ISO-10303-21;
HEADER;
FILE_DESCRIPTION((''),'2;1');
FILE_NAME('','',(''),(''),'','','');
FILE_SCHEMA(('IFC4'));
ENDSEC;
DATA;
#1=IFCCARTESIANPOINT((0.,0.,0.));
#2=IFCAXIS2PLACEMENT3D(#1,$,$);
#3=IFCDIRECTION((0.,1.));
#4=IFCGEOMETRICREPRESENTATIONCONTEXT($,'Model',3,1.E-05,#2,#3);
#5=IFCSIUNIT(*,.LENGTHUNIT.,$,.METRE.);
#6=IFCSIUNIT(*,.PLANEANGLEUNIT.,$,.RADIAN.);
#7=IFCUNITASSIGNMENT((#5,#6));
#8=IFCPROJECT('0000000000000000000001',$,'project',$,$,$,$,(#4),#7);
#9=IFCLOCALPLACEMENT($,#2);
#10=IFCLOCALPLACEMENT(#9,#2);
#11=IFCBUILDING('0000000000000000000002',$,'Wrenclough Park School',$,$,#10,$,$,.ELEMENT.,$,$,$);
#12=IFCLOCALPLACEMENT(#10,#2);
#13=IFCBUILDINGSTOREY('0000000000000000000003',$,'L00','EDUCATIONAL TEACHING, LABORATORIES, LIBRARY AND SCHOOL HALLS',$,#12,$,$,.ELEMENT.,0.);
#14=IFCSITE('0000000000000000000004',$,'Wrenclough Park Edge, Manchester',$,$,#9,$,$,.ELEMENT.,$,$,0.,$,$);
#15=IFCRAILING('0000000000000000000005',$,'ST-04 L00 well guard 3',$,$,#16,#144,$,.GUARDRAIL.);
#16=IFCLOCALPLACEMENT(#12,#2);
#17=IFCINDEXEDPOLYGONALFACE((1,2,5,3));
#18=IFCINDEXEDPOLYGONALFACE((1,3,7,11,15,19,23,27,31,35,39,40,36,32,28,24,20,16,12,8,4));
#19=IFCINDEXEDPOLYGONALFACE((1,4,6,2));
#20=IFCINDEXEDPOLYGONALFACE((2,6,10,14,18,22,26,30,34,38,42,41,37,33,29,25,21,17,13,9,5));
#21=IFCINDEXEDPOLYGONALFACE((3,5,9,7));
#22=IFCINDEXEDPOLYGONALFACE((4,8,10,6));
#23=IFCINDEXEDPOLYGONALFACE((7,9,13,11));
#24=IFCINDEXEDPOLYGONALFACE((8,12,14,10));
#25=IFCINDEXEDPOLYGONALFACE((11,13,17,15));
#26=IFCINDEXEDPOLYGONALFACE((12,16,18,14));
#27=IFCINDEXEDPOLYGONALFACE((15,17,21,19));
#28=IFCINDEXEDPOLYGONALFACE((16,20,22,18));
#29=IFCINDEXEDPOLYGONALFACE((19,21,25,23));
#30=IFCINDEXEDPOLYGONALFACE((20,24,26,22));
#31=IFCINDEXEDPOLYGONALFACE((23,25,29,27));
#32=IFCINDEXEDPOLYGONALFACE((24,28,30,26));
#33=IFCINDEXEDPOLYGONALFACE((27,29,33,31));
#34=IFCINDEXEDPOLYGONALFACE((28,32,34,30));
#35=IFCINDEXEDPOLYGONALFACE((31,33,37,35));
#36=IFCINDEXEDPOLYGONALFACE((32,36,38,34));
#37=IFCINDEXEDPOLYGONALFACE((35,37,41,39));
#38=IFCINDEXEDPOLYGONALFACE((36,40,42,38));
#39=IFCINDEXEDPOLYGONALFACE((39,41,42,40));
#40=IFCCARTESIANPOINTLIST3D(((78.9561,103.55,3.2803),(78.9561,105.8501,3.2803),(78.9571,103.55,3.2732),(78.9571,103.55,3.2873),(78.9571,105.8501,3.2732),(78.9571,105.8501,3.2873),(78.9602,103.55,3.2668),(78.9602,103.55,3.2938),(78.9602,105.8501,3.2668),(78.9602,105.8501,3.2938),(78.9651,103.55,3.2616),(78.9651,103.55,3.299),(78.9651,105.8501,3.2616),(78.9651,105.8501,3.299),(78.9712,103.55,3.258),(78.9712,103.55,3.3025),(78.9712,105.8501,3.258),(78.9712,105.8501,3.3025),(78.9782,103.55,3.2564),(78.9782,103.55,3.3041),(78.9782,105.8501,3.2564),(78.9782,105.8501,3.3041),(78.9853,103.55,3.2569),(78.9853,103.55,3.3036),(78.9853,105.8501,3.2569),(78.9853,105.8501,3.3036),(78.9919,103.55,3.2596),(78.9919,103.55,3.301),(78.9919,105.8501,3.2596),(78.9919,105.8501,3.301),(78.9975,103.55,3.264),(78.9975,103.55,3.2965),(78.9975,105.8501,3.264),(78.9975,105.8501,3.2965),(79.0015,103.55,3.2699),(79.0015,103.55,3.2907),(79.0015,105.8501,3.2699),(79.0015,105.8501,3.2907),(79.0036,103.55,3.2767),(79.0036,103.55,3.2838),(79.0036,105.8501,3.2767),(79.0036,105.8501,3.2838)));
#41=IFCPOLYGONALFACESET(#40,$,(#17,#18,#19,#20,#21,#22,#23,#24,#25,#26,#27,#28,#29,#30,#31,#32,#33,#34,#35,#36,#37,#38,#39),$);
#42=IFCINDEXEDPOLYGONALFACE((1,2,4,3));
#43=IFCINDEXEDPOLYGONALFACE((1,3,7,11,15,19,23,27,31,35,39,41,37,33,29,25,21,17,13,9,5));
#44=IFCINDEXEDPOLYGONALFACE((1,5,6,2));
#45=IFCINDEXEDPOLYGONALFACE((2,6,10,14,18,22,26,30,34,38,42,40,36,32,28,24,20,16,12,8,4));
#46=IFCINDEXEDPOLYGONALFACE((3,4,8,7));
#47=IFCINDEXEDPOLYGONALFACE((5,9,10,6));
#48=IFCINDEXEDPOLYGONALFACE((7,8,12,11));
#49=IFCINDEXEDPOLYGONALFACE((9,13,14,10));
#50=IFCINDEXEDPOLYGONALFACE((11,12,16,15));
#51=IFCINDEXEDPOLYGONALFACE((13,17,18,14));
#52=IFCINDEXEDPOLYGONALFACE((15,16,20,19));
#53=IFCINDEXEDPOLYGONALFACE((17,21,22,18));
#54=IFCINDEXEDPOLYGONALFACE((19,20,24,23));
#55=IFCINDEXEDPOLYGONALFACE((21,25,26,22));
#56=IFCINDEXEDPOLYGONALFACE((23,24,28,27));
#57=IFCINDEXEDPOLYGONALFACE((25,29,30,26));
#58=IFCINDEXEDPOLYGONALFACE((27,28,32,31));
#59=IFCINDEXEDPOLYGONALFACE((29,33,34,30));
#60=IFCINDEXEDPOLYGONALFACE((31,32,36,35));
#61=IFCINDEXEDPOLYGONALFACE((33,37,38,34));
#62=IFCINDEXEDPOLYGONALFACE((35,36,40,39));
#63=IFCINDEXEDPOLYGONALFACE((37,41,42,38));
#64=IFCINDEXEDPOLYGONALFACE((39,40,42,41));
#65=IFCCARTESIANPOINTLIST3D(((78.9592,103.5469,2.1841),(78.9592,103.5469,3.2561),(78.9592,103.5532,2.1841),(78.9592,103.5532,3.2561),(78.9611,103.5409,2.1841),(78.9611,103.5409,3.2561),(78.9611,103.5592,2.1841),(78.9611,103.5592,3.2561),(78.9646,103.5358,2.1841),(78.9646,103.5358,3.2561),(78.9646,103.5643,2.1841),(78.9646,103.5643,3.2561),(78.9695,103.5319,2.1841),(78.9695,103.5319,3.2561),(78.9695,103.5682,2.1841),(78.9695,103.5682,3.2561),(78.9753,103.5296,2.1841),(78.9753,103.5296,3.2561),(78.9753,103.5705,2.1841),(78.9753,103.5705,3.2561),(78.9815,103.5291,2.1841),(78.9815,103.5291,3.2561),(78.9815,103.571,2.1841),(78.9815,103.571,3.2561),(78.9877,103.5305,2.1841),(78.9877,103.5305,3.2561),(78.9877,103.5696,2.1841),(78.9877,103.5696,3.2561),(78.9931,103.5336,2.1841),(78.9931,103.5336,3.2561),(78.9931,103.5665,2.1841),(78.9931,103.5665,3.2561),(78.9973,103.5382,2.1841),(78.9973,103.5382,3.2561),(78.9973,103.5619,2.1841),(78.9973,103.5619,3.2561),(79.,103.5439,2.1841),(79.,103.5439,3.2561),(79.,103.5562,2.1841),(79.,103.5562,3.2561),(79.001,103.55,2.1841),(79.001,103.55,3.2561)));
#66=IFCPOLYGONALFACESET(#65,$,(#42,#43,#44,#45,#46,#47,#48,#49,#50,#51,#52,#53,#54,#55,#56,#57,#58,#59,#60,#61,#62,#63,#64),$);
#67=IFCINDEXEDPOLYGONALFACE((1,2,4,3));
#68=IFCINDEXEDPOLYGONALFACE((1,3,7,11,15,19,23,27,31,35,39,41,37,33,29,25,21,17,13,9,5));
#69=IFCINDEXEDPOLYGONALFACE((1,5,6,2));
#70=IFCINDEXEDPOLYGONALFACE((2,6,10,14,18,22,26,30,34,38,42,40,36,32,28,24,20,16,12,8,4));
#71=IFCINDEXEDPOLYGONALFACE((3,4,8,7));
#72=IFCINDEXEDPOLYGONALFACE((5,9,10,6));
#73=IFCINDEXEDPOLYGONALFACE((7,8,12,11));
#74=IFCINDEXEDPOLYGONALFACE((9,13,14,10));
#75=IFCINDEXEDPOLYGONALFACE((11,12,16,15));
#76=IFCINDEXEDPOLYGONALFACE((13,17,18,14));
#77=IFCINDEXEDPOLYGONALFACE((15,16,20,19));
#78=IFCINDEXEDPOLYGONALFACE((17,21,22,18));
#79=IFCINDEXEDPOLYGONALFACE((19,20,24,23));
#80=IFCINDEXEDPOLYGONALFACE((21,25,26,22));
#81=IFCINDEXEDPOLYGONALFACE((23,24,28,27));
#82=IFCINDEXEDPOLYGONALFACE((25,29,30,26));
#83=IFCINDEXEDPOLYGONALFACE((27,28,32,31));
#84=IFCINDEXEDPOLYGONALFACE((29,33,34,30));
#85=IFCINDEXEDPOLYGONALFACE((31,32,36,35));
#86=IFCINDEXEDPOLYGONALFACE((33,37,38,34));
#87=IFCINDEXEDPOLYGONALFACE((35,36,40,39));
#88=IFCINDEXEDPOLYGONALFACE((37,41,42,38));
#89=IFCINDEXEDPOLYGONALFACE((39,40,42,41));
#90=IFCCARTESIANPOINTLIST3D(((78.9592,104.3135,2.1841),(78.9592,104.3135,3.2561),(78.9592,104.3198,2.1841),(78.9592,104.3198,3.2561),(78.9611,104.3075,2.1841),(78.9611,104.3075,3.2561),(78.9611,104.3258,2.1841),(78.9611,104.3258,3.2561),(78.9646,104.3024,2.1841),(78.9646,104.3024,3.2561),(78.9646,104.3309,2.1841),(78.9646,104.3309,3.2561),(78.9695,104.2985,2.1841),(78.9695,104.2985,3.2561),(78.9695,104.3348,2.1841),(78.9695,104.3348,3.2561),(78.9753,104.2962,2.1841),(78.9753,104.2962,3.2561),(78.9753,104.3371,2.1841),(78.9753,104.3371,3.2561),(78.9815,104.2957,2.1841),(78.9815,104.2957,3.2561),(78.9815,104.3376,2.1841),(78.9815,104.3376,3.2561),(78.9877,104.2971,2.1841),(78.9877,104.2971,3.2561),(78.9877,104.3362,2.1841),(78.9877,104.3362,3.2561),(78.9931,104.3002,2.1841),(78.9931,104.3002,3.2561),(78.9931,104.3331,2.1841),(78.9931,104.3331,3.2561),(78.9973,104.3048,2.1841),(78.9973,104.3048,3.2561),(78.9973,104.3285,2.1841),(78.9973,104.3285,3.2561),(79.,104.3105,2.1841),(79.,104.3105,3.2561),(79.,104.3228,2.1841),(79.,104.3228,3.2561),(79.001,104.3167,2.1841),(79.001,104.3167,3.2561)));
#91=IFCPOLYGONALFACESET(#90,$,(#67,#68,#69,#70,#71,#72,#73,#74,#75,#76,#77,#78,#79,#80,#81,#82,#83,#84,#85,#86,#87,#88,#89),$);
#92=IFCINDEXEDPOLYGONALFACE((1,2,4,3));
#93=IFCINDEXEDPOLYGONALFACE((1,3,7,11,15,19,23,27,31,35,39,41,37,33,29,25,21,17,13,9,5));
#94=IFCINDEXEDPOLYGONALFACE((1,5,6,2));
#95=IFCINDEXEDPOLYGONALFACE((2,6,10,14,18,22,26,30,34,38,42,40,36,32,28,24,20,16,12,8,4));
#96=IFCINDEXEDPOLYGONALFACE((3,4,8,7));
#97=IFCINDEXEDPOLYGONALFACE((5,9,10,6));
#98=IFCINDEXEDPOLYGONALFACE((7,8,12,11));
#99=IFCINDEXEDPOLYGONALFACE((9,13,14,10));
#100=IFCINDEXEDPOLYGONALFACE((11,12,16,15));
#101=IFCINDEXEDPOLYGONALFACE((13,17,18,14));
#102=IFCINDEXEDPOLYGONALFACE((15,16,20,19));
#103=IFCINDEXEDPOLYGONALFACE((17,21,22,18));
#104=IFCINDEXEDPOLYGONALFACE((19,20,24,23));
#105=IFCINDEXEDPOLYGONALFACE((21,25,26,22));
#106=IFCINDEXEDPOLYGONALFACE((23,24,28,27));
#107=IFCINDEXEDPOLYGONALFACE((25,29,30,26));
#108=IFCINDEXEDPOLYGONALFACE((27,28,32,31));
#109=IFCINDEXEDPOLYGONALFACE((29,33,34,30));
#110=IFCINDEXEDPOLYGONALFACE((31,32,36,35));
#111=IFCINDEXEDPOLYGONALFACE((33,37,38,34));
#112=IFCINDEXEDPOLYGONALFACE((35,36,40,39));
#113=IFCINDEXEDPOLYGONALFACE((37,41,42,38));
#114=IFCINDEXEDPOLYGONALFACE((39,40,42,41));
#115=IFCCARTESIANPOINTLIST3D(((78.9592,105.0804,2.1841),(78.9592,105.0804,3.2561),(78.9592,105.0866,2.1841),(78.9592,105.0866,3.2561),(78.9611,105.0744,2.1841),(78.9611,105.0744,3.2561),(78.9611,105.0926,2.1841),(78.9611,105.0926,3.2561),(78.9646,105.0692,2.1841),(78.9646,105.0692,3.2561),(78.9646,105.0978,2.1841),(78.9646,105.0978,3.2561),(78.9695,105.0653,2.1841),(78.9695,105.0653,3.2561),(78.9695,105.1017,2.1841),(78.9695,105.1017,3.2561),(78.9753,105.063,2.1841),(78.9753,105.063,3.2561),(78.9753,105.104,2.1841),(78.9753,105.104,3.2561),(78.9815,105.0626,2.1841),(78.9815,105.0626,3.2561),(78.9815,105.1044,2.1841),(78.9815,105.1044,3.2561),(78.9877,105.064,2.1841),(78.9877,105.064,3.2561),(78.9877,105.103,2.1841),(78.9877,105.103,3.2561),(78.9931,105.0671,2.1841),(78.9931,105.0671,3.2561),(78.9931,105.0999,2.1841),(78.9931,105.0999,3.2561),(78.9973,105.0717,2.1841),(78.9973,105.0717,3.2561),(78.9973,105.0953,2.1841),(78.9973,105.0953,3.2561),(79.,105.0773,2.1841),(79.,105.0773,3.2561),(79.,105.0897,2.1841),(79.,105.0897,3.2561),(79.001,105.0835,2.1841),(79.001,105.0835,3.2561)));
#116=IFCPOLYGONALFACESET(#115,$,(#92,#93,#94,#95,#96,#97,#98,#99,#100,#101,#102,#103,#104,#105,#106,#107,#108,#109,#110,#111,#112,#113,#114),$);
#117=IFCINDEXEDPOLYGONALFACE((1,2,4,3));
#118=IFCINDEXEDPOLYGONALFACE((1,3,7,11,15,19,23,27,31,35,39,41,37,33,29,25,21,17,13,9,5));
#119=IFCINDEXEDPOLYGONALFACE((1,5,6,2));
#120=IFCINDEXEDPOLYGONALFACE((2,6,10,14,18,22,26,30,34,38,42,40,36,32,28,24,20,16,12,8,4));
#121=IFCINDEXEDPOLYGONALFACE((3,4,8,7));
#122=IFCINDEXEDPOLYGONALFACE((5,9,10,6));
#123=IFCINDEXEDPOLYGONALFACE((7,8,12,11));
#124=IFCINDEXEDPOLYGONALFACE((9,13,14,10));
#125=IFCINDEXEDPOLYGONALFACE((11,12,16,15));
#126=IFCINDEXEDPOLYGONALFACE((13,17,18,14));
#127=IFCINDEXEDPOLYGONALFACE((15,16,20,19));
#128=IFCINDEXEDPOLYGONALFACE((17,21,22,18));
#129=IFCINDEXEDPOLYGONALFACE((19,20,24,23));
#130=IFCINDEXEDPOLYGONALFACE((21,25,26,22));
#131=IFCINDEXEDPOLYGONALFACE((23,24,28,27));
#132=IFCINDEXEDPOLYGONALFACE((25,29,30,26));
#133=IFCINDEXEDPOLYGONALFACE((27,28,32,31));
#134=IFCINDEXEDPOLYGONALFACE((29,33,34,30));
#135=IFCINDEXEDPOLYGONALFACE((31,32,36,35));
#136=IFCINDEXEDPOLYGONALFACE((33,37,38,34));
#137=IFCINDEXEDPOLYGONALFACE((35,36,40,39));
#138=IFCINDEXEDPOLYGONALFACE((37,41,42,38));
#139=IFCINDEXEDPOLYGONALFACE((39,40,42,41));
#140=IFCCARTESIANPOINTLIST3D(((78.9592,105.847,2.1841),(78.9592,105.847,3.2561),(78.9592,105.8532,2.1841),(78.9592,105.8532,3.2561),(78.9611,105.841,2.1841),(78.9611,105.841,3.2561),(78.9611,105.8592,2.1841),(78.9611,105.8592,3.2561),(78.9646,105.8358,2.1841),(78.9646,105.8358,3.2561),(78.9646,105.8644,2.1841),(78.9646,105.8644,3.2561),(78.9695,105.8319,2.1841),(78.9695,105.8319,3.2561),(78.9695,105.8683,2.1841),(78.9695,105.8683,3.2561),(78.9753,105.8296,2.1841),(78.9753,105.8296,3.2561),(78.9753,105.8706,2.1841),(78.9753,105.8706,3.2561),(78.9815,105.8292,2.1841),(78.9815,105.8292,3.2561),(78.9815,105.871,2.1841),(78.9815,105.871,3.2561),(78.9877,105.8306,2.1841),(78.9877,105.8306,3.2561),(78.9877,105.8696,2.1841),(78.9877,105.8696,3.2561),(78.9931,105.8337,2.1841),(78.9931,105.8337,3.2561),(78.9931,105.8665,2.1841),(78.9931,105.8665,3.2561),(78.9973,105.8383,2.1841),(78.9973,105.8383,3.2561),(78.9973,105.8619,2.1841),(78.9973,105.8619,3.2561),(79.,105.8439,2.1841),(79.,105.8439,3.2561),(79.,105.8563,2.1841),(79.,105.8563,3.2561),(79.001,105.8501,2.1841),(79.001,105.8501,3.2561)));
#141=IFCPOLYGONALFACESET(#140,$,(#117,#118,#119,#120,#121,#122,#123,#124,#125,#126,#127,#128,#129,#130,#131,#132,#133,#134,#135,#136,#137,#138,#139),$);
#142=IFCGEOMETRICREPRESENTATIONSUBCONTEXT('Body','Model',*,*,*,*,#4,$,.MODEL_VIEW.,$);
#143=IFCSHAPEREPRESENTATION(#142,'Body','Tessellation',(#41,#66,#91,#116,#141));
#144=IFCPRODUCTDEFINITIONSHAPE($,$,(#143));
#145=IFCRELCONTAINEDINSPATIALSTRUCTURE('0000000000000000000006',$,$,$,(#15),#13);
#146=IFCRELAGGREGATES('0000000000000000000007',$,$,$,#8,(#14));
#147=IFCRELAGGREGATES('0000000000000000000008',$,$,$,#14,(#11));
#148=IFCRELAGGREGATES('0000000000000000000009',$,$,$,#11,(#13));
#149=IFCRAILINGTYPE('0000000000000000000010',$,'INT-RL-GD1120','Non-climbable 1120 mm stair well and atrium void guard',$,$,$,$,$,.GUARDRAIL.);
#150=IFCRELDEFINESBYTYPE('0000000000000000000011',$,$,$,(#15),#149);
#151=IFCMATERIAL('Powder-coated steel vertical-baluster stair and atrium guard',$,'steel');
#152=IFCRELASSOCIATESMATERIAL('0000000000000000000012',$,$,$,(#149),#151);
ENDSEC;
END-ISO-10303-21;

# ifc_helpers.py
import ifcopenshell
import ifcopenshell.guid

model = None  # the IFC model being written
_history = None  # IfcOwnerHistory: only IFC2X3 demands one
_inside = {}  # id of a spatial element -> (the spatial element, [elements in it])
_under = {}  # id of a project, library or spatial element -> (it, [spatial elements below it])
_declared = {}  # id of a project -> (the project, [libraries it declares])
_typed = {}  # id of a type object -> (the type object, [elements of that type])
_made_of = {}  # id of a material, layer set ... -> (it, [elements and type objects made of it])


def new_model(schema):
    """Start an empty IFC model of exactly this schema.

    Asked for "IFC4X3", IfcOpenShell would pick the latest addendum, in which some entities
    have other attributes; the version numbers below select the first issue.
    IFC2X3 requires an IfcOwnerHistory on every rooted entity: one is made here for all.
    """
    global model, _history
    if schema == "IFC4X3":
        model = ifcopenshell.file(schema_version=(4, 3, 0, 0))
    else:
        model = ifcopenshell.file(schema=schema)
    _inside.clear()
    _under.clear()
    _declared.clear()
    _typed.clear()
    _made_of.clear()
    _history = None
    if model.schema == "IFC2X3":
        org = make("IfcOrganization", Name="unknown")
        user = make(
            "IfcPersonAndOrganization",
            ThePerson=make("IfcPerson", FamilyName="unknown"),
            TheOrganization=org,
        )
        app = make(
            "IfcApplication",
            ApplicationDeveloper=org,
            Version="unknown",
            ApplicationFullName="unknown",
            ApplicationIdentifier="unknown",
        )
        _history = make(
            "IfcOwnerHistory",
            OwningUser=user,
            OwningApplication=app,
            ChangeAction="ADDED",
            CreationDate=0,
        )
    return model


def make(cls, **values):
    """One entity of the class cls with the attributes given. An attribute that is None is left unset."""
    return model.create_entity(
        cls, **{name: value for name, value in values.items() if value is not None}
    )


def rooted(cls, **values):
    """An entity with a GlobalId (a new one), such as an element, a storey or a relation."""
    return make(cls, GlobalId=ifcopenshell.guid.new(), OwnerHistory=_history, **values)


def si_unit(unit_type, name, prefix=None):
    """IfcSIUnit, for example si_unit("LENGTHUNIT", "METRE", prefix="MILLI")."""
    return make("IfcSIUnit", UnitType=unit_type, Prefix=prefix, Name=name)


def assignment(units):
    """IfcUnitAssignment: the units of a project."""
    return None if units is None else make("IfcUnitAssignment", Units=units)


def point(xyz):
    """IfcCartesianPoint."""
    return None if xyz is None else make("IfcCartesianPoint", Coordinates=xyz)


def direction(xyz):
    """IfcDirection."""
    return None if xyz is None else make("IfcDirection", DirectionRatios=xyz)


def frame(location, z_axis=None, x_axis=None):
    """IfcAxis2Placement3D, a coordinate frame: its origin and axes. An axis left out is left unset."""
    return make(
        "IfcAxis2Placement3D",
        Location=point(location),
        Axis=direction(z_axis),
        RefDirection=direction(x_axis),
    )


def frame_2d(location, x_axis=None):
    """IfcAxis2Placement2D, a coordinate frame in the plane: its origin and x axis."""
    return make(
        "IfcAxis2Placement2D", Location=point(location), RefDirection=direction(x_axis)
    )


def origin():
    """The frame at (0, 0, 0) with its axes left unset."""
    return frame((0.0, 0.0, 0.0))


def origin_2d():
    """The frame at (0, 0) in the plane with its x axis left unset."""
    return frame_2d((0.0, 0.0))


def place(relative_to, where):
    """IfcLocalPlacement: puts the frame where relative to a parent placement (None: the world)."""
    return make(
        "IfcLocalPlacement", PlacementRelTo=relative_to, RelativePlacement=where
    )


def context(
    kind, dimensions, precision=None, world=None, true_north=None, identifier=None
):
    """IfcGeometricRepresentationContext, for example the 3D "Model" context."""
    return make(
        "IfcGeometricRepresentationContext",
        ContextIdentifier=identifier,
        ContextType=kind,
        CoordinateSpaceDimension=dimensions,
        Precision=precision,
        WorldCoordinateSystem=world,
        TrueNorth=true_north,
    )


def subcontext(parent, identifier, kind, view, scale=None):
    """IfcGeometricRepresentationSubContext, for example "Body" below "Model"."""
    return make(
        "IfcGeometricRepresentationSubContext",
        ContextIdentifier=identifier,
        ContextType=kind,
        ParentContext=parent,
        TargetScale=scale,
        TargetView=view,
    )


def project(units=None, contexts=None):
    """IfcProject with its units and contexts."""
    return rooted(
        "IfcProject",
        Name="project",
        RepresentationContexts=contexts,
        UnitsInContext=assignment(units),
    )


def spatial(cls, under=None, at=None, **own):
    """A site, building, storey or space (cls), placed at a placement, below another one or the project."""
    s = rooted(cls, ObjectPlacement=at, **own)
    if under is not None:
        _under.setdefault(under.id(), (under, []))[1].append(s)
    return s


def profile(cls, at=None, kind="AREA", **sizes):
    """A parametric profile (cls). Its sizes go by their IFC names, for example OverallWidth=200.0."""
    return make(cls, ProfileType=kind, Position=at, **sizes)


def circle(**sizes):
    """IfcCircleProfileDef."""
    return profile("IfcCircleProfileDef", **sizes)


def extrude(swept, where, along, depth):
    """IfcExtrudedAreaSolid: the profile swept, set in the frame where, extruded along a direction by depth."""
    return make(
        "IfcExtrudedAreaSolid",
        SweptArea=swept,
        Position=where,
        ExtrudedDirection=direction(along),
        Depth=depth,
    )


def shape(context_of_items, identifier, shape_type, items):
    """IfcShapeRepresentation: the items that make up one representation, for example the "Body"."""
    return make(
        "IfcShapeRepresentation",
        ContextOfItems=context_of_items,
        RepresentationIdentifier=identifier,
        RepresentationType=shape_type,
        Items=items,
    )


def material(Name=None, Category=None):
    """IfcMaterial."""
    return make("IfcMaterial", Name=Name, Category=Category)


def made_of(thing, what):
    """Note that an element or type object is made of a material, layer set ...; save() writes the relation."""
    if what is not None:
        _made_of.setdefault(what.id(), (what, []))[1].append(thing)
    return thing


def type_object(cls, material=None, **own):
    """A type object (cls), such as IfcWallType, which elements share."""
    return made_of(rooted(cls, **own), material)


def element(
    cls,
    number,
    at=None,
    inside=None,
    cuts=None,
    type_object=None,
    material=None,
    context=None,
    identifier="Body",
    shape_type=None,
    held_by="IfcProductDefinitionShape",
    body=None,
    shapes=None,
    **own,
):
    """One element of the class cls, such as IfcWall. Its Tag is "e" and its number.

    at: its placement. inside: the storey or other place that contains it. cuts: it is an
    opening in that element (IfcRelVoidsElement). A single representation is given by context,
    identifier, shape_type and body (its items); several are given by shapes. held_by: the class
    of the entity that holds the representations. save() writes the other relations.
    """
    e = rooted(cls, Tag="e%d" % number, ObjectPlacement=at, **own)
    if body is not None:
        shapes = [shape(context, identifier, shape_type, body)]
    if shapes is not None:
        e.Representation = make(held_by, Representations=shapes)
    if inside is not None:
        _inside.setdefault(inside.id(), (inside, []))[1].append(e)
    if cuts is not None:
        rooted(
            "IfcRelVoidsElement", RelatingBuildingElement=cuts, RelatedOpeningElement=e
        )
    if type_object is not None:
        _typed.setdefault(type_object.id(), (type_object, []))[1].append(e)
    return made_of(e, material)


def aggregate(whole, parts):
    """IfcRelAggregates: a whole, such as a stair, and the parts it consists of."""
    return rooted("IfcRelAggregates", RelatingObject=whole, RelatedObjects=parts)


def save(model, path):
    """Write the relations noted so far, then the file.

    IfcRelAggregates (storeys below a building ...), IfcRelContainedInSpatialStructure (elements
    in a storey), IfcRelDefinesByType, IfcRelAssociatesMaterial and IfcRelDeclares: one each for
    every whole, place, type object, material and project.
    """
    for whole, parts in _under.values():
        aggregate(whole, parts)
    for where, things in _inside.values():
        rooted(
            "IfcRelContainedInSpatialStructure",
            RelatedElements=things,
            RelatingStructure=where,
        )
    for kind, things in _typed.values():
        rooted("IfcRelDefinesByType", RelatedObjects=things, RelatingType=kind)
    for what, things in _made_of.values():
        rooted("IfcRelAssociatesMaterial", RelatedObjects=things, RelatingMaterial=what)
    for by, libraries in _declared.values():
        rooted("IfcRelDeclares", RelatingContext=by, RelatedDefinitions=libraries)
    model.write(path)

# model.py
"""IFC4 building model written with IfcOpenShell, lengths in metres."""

from ifc_helpers import new_model, si_unit, direction, frame, origin, origin_2d, place, context, subcontext, project, spatial, circle, extrude, material, type_object, element, save


model = new_model("IFC4")

# Units and contexts
model_context = context("Model", 3, precision=1e-05, world=origin(), true_north=direction((0.0, 1.0)))
body_context = subcontext(model_context, "Body", "Model", "MODEL_VIEW")
ifc_project = project(units=[si_unit("LENGTHUNIT", "METRE"), si_unit("PLANEANGLEUNIT", "RADIAN")], contexts=[model_context])

# Site, building, storey
site_placement = place(None, origin())
site = spatial("IfcSite", under=ifc_project, at=site_placement, Name="Wrenclough Park Edge, Manchester", CompositionType="ELEMENT", RefElevation=0.0)
building_placement = place(site_placement, origin())
building = spatial("IfcBuilding", under=site, at=building_placement, Name="Wrenclough Park School", CompositionType="ELEMENT")
storey_placement = place(building_placement, origin())
storey = spatial("IfcBuildingStorey", under=building, at=storey_placement, Name="L00", Description="EDUCATIONAL TEACHING, LABORATORIES, LIBRARY AND SCHOOL HALLS", CompositionType="ELEMENT", Elevation=0.0)

# Railing
ifc_material_1 = material(Name="Powder-coated steel vertical-baluster stair and atrium guard", Category="steel")
railing_type_1 = type_object("IfcRailingType", Name="INT-RL-GD1120", Description="Non-climbable 1120 mm stair well and atrium void guard", PredefinedType="GUARDRAIL", material=ifc_material_1)
railing_1_placement = place(storey_placement, frame((78.98, 103.55, 2.1841)))
element("IfcRailing", 1, at=railing_1_placement, inside=storey, type_object=railing_type_1, Name="ST-04 L00 well guard 3", PredefinedType="GUARDRAIL", context=body_context, shape_type="SweptSolid", body=[
    extrude(circle(Radius=0.0239, at=origin_2d()), frame((0.0, 0.0, 1.0962), z_axis=(0.0, 1.0, 0.0), x_axis=(-1.0, 0.0, 0.0)), (0.0, 0.0, 1.0), 2.3),
    extrude(circle(Radius=0.021, at=origin_2d()), origin(), (0.0, 0.0, 1.0), 1.072),
    extrude(circle(Radius=0.021, at=origin_2d()), frame((0.0, 0.7666, 0.0)), (0.0, 0.0, 1.0), 1.072),
    extrude(circle(Radius=0.021, at=origin_2d()), frame((0.0, 1.5334, 0.0)), (0.0, 0.0, 1.0), 1.072),
    extrude(circle(Radius=0.021, at=origin_2d()), frame((0.0, 2.3, 0.0)), (0.0, 0.0, 1.0), 1.072),
])

save(model, "model.ifc")
